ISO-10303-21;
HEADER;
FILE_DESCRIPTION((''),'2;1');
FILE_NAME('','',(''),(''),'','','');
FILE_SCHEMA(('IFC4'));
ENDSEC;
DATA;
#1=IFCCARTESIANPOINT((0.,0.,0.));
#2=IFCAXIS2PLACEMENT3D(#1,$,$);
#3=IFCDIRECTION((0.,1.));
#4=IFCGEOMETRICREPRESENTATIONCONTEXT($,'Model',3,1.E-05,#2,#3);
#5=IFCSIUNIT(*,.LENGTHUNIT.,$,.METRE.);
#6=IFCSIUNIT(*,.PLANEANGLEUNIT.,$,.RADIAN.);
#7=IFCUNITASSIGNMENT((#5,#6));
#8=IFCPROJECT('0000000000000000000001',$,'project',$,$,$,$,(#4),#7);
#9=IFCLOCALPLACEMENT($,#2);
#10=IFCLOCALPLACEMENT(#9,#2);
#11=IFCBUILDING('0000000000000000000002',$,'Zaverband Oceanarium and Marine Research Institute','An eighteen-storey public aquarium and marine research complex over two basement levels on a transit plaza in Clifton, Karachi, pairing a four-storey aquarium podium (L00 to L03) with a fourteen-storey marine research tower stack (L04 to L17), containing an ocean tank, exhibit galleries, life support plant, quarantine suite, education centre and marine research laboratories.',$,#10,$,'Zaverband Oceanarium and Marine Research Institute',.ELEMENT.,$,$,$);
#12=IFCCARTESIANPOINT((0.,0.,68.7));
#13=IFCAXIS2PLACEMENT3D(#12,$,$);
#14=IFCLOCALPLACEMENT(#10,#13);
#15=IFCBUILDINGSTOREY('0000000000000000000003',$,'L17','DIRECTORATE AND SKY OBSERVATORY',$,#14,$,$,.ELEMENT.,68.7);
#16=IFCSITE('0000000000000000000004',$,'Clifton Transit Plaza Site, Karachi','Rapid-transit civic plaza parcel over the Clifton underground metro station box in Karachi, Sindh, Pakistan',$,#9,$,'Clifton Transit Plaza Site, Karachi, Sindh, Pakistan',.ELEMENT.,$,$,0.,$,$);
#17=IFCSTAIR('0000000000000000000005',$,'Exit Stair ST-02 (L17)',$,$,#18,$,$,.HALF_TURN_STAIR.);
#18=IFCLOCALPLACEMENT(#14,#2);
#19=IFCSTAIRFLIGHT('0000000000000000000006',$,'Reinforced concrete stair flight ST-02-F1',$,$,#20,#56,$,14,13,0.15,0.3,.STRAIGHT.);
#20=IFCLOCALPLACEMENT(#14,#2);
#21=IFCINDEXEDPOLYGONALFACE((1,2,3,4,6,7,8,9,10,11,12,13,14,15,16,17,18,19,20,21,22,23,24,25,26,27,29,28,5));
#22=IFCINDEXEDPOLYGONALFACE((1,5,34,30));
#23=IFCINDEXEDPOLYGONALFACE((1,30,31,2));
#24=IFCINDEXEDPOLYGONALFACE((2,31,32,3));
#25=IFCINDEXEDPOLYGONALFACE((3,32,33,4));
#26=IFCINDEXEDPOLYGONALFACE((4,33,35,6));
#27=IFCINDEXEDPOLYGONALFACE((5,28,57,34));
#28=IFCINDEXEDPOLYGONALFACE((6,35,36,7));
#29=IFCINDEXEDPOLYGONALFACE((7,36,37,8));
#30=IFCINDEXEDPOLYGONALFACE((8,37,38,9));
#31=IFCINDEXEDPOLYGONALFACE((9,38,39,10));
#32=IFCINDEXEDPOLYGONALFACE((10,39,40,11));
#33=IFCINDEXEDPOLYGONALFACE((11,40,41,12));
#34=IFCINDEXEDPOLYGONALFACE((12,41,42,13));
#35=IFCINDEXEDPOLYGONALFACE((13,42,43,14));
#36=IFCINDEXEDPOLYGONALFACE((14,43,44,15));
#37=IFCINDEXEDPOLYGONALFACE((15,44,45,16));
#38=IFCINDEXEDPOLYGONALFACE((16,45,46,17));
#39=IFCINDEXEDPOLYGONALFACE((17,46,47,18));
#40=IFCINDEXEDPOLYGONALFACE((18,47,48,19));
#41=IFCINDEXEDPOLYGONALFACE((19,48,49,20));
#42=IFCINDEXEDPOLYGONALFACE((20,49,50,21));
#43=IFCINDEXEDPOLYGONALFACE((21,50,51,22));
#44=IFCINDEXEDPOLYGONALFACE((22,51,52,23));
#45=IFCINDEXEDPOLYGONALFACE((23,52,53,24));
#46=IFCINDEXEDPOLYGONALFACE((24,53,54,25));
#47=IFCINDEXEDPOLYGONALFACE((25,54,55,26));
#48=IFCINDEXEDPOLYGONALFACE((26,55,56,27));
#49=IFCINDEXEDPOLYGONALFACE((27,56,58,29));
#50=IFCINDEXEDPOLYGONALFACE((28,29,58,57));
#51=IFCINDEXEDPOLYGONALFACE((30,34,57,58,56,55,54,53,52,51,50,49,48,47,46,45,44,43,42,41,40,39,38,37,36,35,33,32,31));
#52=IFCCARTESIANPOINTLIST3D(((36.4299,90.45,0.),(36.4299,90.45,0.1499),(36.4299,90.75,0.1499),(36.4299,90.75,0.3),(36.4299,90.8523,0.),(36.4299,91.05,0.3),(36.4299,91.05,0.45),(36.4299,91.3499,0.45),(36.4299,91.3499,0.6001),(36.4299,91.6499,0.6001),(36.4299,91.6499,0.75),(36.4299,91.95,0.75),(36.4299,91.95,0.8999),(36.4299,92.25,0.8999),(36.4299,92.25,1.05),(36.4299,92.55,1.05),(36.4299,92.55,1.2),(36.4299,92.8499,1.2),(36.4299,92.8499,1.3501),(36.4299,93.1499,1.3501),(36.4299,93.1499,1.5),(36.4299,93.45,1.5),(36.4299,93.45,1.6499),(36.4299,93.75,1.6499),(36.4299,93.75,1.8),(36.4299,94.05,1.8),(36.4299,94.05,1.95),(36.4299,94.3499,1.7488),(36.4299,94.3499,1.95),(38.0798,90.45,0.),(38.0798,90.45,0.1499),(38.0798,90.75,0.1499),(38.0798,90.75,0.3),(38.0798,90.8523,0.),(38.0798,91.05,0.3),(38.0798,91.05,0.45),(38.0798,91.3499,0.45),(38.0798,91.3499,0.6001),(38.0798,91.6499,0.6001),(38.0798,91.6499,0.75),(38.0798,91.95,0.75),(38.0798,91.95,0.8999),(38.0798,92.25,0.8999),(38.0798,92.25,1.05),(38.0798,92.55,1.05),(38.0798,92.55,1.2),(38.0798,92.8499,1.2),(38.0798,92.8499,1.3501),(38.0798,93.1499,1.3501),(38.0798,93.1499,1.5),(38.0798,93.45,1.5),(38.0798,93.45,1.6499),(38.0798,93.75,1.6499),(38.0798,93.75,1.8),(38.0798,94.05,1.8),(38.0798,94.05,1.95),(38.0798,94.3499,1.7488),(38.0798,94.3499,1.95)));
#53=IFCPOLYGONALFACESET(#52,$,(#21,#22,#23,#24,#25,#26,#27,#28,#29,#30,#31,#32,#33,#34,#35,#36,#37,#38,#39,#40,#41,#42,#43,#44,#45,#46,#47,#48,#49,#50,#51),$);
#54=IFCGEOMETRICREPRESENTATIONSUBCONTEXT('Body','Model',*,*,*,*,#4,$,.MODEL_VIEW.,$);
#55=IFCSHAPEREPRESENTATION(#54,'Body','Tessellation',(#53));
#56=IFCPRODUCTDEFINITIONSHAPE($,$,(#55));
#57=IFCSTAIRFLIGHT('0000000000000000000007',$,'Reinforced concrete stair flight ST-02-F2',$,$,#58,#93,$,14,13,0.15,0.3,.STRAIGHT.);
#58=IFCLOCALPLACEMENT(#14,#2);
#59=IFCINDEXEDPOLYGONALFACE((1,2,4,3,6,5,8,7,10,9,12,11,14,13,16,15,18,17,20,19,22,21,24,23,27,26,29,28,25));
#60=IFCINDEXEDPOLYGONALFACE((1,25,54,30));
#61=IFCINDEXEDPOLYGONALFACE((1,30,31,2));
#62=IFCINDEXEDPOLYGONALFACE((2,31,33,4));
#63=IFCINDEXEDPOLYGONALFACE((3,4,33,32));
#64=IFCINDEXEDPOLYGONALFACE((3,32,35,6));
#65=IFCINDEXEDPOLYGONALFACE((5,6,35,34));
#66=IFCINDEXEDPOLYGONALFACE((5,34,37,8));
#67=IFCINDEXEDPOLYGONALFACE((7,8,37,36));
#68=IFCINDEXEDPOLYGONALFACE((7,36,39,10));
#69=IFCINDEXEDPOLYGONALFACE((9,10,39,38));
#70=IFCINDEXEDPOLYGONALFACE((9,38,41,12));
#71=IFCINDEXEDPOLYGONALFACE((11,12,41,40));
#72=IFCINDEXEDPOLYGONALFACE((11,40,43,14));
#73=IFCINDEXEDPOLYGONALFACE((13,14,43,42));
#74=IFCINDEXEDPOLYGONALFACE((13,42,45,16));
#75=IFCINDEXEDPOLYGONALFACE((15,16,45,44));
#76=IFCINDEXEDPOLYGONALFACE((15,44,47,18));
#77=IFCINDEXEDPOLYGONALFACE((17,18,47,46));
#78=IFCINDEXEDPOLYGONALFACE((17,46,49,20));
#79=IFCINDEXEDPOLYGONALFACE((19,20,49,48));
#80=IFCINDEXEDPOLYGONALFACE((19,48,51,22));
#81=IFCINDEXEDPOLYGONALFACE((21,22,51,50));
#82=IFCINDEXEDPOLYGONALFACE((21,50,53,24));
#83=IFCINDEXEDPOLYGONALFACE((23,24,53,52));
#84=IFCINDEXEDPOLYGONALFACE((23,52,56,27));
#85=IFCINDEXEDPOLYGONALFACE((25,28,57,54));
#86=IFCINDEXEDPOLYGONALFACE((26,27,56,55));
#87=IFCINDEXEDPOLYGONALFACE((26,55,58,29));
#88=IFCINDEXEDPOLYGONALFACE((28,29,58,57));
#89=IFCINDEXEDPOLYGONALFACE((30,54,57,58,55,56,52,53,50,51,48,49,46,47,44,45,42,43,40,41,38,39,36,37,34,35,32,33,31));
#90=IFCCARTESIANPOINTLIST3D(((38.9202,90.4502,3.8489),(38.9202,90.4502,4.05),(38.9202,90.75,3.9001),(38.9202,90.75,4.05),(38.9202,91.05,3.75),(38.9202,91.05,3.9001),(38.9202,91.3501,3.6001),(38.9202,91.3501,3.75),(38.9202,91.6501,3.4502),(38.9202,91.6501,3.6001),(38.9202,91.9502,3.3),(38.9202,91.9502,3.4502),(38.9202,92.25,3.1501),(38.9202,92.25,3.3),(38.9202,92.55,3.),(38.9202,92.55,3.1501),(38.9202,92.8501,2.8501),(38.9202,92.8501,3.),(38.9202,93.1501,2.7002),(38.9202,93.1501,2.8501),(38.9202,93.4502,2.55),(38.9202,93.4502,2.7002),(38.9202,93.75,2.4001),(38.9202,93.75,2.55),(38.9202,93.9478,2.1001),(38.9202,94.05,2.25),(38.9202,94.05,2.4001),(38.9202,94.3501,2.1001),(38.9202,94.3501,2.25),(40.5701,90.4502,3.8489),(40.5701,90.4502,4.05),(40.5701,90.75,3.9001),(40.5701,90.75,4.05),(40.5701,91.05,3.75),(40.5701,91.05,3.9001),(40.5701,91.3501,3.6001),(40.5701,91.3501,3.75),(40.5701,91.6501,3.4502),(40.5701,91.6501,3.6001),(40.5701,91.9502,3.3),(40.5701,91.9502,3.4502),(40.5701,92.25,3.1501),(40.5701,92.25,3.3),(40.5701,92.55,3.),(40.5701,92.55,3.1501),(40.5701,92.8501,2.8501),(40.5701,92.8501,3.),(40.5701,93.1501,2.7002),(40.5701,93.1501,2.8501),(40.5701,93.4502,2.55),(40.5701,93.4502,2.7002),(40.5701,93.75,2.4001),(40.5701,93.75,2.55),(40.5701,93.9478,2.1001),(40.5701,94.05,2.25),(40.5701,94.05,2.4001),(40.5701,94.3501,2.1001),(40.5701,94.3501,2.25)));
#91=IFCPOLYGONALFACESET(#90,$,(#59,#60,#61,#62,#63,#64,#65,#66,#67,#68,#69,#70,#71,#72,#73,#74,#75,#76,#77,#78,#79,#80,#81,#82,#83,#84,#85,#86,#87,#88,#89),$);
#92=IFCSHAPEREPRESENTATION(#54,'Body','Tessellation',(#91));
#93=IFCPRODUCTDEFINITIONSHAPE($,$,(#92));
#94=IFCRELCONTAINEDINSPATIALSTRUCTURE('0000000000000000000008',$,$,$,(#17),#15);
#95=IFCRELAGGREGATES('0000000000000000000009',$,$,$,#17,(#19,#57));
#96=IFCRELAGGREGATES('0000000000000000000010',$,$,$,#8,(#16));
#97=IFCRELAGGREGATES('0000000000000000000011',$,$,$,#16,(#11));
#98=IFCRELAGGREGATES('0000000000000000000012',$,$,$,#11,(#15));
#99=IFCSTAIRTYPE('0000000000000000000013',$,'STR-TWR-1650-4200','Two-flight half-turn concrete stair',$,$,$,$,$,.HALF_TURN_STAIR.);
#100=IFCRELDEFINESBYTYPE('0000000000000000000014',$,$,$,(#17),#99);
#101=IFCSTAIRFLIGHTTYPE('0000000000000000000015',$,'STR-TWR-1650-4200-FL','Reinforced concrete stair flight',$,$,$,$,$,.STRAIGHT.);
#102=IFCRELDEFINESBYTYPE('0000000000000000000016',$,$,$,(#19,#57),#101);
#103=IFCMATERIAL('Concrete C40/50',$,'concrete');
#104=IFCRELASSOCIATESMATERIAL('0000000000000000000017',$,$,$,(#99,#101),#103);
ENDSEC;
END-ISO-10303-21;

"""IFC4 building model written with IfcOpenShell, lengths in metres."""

from ifc_helpers import new_model, si_unit, direction, frame, origin, place, context, subcontext, project, spatial, polyline, outline, extrude, material, type_object, element, aggregate, save


model = new_model("IFC4")

# Units and contexts
model_context = context("Model", 3, precision=1e-05, world=origin(), true_north=direction((0.0, 1.0)))
body_context = subcontext(model_context, "Body", "Model", "MODEL_VIEW")
ifc_project = project(units=[si_unit("LENGTHUNIT", "METRE"), si_unit("PLANEANGLEUNIT", "RADIAN")], contexts=[model_context])

# Site, building, storey
site_placement = place(None, origin())
site = spatial("IfcSite", under=ifc_project, at=site_placement, Name="Clifton Transit Plaza Site, Karachi", Description="Rapid-transit civic plaza parcel over the Clifton underground metro station box in Karachi, Sindh, Pakistan", LongName="Clifton Transit Plaza Site, Karachi, Sindh, Pakistan", CompositionType="ELEMENT", RefElevation=0.0)
building_placement = place(site_placement, origin())
building = spatial("IfcBuilding", under=site, at=building_placement, Name="Zaverband Oceanarium and Marine Research Institute", Description="An eighteen-storey public aquarium and marine research complex over two basement levels on a transit plaza in Clifton, Karachi, pairing a four-storey aquarium podium (L00 to L03) with a fourteen-storey marine research tower stack (L04 to L17), containing an ocean tank, exhibit galleries, life support plant, quarantine suite, education centre and marine research laboratories.", LongName="Zaverband Oceanarium and Marine Research Institute", CompositionType="ELEMENT")
storey_placement = place(building_placement, frame((0.0, 0.0, 68.7)))
storey = spatial("IfcBuildingStorey", under=building, at=storey_placement, Name="L17", Description="DIRECTORATE AND SKY OBSERVATORY", CompositionType="ELEMENT", Elevation=68.7)

# Shared definitions
ifc_material_1 = material(Name="Concrete C40/50", Category="concrete")

# Stair, stair flights
stair_type = type_object("IfcStairType", Name="STR-TWR-1650-4200", Description="Two-flight half-turn concrete stair", PredefinedType="HALF_TURN_STAIR", material=ifc_material_1)
stair_placement = place(storey_placement, origin())
stair = element("IfcStair", 1, at=stair_placement, inside=storey, type_object=stair_type, Name="Exit Stair ST-02 (L17)", PredefinedType="HALF_TURN_STAIR")
stair_flight_type = type_object("IfcStairFlightType", Name="STR-TWR-1650-4200-FL", Description="Reinforced concrete stair flight", PredefinedType="STRAIGHT", material=ifc_material_1)
stair_flight_1_placement = place(storey_placement, frame((37.2549, 90.45, 0.0), z_axis=(0.0, 0.0, 1.0), x_axis=(0.0, 1.0, 0.0)))
stair_flight_1 = element("IfcStairFlight", 2, at=stair_flight_1_placement, type_object=stair_flight_type, Name="Reinforced concrete stair flight ST-02-F1", NumberOfRisers=14, NumberOfTreads=13, PredefinedType="STRAIGHT", RiserHeight=0.15, TreadLength=0.3, context=body_context, shape_type="SweptSolid", body=[
    extrude(outline(polyline([(0.0, 0.0), (0.0, 0.1499), (0.3, 0.1499), (0.3, 0.3), (0.6001, 0.3), (0.6001, 0.45), (0.8999, 0.45), (0.8999, 0.6001), (1.2, 0.6001), (1.2, 0.75), (1.5, 0.75), (1.5, 0.8999), (1.8, 0.8999), (1.8, 1.05), (2.1001, 1.05), (2.1001, 1.2), (2.3999, 1.2), (2.3999, 1.3501), (2.7, 1.3501), (2.7, 1.5), (3.0, 1.5), (3.0, 1.6499), (3.3, 1.6499), (3.3, 1.8), (3.6001, 1.8), (3.6001, 1.95), (3.8999, 1.95), (3.8999, 2.1001), (3.8999, 1.7488), (0.4023, 0.0), (0.0, 0.0)])), frame((0.0, 0.825, 0.0), z_axis=(0.0, -1.0, 0.0), x_axis=(1.0, 0.0, 0.0)), (0.0, 0.0, 1.0), 1.6499),
])
stair_flight_2_placement = place(storey_placement, frame((39.7451, 94.3501, 2.1001), z_axis=(0.0, 0.0, 1.0), x_axis=(0.0, -1.0, 0.0)))
stair_flight_2 = element("IfcStairFlight", 3, at=stair_flight_2_placement, type_object=stair_flight_type, Name="Reinforced concrete stair flight ST-02-F2", NumberOfRisers=14, NumberOfTreads=13, PredefinedType="STRAIGHT", RiserHeight=0.15, TreadLength=0.3, context=body_context, shape_type="SweptSolid", body=[
    extrude(outline(polyline([(0.0, 0.0), (0.0, 0.1499), (0.3, 0.1499), (0.3, 0.3), (0.6001, 0.3), (0.6001, 0.45), (0.8999, 0.45), (0.8999, 0.6001), (1.2, 0.6001), (1.2, 0.75), (1.5, 0.75), (1.5, 0.8999), (1.8, 0.8999), (1.8, 1.05), (2.1001, 1.05), (2.1001, 1.2), (2.3999, 1.2), (2.3999, 1.3501), (2.7, 1.3501), (2.7, 1.5), (3.0, 1.5), (3.0, 1.6499), (3.3, 1.6499), (3.3, 1.8), (3.6001, 1.8), (3.6001, 1.95), (3.8999, 1.95), (3.8999, 2.1001), (3.8999, 1.7488), (0.4023, 0.0), (0.0, 0.0)])), frame((0.0, 0.825, 0.0), z_axis=(0.0, -1.0, 0.0), x_axis=(1.0, 0.0, 0.0)), (0.0, 0.0, 1.0), 1.6499),
])
aggregate(stair, [stair_flight_1, stair_flight_2])

save(model, "model.ifc")
